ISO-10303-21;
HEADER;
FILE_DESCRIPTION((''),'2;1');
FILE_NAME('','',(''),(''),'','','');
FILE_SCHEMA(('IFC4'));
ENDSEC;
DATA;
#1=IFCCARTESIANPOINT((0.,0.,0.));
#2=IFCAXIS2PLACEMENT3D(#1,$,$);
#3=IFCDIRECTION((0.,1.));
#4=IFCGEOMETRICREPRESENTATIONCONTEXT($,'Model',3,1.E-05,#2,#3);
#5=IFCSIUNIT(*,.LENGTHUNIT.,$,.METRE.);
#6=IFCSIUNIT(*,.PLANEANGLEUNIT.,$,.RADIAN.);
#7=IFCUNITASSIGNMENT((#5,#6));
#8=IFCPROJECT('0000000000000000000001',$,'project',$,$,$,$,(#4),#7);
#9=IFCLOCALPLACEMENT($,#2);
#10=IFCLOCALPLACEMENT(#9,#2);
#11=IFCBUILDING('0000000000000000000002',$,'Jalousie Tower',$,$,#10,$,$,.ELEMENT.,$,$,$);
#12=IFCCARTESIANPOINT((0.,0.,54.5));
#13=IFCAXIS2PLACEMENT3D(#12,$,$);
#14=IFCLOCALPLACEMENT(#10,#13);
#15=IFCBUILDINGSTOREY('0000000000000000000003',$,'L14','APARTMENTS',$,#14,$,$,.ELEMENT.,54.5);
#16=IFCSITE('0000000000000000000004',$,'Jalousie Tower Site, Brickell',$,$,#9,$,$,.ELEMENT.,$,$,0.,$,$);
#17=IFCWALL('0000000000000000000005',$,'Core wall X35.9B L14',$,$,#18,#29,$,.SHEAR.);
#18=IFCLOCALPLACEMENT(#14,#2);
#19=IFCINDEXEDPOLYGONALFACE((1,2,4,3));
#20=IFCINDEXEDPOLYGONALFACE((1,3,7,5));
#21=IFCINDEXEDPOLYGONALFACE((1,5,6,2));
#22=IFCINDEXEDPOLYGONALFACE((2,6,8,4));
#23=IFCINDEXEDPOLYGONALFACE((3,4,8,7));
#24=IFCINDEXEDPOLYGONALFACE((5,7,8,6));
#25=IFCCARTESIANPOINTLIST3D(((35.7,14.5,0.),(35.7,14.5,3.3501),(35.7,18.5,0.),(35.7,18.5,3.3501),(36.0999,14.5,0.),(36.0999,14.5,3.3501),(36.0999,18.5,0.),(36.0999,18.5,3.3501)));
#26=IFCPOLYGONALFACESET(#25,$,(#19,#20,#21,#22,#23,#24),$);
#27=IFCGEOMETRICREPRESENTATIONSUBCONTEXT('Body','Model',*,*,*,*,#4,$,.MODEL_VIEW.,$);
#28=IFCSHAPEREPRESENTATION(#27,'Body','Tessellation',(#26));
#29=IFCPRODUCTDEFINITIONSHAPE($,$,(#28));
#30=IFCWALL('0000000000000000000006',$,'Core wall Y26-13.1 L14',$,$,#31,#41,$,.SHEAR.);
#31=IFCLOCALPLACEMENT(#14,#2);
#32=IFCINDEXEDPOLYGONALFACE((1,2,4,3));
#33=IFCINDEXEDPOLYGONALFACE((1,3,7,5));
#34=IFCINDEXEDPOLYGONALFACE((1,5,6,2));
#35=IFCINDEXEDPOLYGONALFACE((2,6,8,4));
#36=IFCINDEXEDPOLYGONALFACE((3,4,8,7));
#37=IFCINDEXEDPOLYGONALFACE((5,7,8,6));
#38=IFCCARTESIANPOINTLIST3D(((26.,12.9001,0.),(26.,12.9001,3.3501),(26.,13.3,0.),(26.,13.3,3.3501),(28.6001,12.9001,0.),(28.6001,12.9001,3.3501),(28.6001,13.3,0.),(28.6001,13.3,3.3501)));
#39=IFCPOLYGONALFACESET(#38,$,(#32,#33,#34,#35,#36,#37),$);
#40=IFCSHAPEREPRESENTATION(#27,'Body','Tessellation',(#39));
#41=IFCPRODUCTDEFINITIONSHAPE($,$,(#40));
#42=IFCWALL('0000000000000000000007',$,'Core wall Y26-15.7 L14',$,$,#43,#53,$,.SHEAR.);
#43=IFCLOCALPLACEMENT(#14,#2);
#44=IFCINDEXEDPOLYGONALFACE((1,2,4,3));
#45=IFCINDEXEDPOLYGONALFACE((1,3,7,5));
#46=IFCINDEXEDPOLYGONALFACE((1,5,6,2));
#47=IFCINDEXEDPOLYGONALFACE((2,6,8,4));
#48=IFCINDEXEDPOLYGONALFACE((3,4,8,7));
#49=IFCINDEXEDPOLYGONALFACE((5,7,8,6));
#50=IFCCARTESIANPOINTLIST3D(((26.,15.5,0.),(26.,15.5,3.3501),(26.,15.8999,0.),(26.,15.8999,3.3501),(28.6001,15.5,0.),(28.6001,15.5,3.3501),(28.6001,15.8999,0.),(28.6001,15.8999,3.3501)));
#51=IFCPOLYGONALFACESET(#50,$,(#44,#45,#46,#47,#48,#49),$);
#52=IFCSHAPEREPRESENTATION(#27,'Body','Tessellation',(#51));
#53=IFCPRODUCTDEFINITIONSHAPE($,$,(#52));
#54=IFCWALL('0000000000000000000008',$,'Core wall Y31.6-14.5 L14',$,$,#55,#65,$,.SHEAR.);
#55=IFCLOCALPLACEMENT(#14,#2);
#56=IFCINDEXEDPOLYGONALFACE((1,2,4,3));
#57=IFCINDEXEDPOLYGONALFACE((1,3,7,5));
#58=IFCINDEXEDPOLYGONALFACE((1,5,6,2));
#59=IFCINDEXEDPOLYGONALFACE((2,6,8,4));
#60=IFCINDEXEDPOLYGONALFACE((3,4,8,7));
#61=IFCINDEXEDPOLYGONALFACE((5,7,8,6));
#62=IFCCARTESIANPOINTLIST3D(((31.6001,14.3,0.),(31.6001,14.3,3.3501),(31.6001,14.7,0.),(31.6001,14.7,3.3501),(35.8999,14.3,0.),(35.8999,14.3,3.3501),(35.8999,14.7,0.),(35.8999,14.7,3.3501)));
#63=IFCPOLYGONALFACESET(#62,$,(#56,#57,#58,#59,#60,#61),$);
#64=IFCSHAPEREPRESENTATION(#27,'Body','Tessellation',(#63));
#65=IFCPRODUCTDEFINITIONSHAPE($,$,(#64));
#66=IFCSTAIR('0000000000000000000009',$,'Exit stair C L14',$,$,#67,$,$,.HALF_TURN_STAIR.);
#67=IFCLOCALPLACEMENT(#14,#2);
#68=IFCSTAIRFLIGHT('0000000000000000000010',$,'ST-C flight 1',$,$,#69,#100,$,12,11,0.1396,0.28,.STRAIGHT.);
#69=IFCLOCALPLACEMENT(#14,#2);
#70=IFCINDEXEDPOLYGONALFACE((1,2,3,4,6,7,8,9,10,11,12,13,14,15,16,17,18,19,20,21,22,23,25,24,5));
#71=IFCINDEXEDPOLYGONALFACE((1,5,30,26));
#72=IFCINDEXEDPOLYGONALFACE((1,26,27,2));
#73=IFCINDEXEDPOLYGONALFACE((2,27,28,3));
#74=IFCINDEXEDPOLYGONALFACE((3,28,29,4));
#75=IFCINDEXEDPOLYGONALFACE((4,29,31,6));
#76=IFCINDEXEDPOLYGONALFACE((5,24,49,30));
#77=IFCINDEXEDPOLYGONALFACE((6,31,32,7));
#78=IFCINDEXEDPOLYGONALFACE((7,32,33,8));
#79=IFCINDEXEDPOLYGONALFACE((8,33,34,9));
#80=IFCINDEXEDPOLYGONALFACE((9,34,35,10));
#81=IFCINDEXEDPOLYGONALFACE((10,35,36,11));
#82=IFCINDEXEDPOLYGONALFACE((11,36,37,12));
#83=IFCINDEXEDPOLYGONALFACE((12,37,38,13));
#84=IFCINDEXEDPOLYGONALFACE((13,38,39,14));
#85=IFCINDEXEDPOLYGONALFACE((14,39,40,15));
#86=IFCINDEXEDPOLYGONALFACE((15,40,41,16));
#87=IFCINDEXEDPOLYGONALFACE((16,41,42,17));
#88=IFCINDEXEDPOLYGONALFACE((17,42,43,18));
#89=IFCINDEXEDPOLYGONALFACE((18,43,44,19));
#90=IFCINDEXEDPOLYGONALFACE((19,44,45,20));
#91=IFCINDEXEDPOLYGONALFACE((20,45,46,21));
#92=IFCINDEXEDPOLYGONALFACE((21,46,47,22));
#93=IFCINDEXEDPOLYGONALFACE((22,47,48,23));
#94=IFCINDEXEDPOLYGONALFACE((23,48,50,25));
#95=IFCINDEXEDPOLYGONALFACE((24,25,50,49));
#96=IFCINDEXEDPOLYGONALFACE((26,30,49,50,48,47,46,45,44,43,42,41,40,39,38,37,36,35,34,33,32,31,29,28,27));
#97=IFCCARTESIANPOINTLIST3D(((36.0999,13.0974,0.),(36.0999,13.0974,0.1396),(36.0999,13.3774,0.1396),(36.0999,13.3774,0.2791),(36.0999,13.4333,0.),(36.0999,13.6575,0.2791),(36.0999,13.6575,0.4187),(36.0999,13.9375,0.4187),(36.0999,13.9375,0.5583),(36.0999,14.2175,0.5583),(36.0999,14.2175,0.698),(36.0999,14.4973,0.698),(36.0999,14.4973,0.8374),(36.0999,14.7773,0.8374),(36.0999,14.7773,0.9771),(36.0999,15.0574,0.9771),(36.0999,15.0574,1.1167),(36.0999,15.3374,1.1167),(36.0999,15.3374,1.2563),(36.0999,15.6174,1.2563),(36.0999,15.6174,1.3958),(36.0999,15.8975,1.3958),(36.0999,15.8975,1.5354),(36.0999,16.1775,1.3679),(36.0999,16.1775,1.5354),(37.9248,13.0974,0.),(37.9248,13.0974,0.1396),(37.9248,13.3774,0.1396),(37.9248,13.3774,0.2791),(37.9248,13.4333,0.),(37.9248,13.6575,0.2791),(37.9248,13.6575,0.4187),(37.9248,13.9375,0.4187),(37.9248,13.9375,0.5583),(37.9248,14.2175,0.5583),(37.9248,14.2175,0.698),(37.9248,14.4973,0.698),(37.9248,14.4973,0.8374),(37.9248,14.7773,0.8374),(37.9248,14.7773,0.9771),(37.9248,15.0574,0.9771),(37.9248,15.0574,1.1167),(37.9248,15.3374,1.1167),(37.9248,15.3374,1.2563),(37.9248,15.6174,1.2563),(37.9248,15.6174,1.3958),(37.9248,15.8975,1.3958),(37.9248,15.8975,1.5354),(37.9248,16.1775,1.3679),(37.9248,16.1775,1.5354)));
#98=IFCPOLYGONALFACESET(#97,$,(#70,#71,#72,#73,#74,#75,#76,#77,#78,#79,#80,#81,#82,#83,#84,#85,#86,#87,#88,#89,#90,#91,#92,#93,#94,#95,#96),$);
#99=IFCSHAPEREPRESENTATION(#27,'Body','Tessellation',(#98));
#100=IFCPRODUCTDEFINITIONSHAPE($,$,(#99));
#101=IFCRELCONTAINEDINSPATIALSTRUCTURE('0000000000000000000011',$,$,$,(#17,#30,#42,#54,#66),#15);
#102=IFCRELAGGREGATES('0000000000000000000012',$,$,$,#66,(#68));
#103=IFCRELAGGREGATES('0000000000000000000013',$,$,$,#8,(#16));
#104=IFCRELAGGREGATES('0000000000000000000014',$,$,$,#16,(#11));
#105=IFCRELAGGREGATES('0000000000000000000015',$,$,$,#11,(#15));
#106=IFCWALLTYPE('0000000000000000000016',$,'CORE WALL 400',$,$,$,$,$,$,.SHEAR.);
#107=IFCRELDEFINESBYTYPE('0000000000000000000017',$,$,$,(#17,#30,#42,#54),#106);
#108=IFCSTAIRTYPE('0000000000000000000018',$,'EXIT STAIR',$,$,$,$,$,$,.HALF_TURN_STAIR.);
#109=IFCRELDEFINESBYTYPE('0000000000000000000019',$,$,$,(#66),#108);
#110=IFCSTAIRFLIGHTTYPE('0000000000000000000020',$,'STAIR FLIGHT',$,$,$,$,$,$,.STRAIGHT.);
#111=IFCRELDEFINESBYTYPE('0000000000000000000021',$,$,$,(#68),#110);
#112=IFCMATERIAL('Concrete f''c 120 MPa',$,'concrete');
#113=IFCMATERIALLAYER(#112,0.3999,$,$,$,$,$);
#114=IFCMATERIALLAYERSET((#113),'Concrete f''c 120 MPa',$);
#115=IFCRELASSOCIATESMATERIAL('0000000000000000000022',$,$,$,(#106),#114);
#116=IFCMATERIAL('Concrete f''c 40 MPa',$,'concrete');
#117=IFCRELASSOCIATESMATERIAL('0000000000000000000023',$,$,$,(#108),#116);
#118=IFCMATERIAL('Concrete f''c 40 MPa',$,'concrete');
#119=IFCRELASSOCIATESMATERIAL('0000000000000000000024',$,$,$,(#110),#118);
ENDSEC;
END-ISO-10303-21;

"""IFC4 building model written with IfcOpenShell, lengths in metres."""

from ifc_helpers import new_model, si_unit, direction, frame, frame_2d, origin, place, context, subcontext, project, spatial, polyline, rectangle, outline, extrude, material, layer, layer_set, type_object, element, aggregate, save


model = new_model("IFC4")

# Units and contexts
model_context = context("Model", 3, precision=1e-05, world=origin(), true_north=direction((0.0, 1.0)))
body_context = subcontext(model_context, "Body", "Model", "MODEL_VIEW")
ifc_project = project(units=[si_unit("LENGTHUNIT", "METRE"), si_unit("PLANEANGLEUNIT", "RADIAN")], contexts=[model_context])

# Site, building, storey
site_placement = place(None, origin())
site = spatial("IfcSite", under=ifc_project, at=site_placement, Name="Jalousie Tower Site, Brickell", CompositionType="ELEMENT", RefElevation=0.0)
building_placement = place(site_placement, origin())
building = spatial("IfcBuilding", under=site, at=building_placement, Name="Jalousie Tower", CompositionType="ELEMENT")
storey_placement = place(building_placement, frame((0.0, 0.0, 54.5)))
storey = spatial("IfcBuildingStorey", under=building, at=storey_placement, Name="L14", Description="APARTMENTS", CompositionType="ELEMENT", Elevation=54.5)

# Shared definitions
ifc_material_1 = material(Name="Concrete f'c 120 MPa", Category="concrete")
ifc_layer = layer(ifc_material_1, 0.3999)
ifc_layer_set = layer_set([ifc_layer], Name="Concrete f'c 120 MPa")
wall_type = type_object("IfcWallType", Name="CORE WALL 400", PredefinedType="SHEAR", material=ifc_layer_set)

# Walls
wall_1_placement = place(storey_placement, frame((35.8999, 14.5, 0.0), z_axis=(0.0, 0.0, 1.0), x_axis=(0.0, 1.0, 0.0)))
element("IfcWall", 1, at=wall_1_placement, inside=storey, type_object=wall_type, Name="Core wall X35.9B L14", PredefinedType="SHEAR", context=body_context, shape_type="SweptSolid", body=[
    extrude(rectangle(XDim=4.0, YDim=0.3999, at=frame_2d((2.0, 0.0))), origin(), (0.0, 0.0, 1.0), 3.3501),
])
for number, where, z_axis, x_axis, name in (
    (2, (26.0, 13.1001, 0.0), (0.0, 0.0, 1.0), (1.0, 0.0, 0.0), "Core wall Y26-13.1 L14"),
    (3, (26.0, 15.7, 0.0), (0.0, 0.0, 1.0), (1.0, 0.0, 0.0), "Core wall Y26-15.7 L14"),
):
    element("IfcWall", number, at=place(storey_placement, frame(where, z_axis=z_axis, x_axis=x_axis)), inside=storey, type_object=wall_type, Name=name, PredefinedType="SHEAR", context=body_context, shape_type="SweptSolid", body=[
        extrude(rectangle(XDim=2.6001, YDim=0.3999, at=frame_2d((1.3, 0.0))), origin(), (0.0, 0.0, 1.0), 3.3501),
    ])
wall_2_placement = place(storey_placement, frame((31.6001, 14.5, 0.0), z_axis=(0.0, 0.0, 1.0), x_axis=(1.0, 0.0, 0.0)))
element("IfcWall", 4, at=wall_2_placement, inside=storey, type_object=wall_type, Name="Core wall Y31.6-14.5 L14", PredefinedType="SHEAR", context=body_context, shape_type="SweptSolid", body=[
    extrude(rectangle(XDim=4.2998, YDim=0.3999, at=frame_2d((2.1499, 0.0))), origin(), (0.0, 0.0, 1.0), 3.3501),
])

# Stair, stair flight
ifc_material_2 = material(Name="Concrete f'c 40 MPa", Category="concrete")
stair_type = type_object("IfcStairType", Name="EXIT STAIR", PredefinedType="HALF_TURN_STAIR", material=ifc_material_2)
stair_placement = place(storey_placement, origin())
stair = element("IfcStair", 5, at=stair_placement, inside=storey, type_object=stair_type, Name="Exit stair C L14", PredefinedType="HALF_TURN_STAIR")
ifc_material_3 = material(Name="Concrete f'c 40 MPa", Category="concrete")
stair_flight_type = type_object("IfcStairFlightType", Name="STAIR FLIGHT", PredefinedType="STRAIGHT", material=ifc_material_3)
stair_flight_placement = place(storey_placement, frame((37.0125, 13.0974, 0.0), z_axis=(0.0, 0.0, 1.0), x_axis=(0.0, 1.0, 0.0)))
stair_flight = element("IfcStairFlight", 6, at=stair_flight_placement, type_object=stair_flight_type, Name="ST-C flight 1", NumberOfRisers=12, NumberOfTreads=11, PredefinedType="STRAIGHT", RiserHeight=0.1396, TreadLength=0.28, context=body_context, shape_type="SweptSolid", body=[
    extrude(outline(polyline([(0.0, 0.0), (0.0, 0.1396), (0.28, 0.1396), (0.28, 0.2791), (0.5601, 0.2791), (0.5601, 0.4187), (0.8401, 0.4187), (0.8401, 0.5583), (1.1201, 0.5583), (1.1201, 0.698), (1.3999, 0.698), (1.3999, 0.8374), (1.6799, 0.8374), (1.6799, 0.9771), (1.96, 0.9771), (1.96, 1.1167), (2.24, 1.1167), (2.24, 1.2563), (2.52, 1.2563), (2.52, 1.3958), (2.8, 1.3958), (2.8, 1.5354), (3.0801, 1.5354), (3.0801, 1.675), (3.0801, 1.3679), (0.3359, 0.0), (0.0, 0.0)])), frame((0.0, 0.9126, 0.0), z_axis=(0.0, -1.0, 0.0), x_axis=(1.0, 0.0, 0.0)), (0.0, 0.0, 1.0), 1.825),
])
aggregate(stair, [stair_flight])

save(model, "model.ifc")
